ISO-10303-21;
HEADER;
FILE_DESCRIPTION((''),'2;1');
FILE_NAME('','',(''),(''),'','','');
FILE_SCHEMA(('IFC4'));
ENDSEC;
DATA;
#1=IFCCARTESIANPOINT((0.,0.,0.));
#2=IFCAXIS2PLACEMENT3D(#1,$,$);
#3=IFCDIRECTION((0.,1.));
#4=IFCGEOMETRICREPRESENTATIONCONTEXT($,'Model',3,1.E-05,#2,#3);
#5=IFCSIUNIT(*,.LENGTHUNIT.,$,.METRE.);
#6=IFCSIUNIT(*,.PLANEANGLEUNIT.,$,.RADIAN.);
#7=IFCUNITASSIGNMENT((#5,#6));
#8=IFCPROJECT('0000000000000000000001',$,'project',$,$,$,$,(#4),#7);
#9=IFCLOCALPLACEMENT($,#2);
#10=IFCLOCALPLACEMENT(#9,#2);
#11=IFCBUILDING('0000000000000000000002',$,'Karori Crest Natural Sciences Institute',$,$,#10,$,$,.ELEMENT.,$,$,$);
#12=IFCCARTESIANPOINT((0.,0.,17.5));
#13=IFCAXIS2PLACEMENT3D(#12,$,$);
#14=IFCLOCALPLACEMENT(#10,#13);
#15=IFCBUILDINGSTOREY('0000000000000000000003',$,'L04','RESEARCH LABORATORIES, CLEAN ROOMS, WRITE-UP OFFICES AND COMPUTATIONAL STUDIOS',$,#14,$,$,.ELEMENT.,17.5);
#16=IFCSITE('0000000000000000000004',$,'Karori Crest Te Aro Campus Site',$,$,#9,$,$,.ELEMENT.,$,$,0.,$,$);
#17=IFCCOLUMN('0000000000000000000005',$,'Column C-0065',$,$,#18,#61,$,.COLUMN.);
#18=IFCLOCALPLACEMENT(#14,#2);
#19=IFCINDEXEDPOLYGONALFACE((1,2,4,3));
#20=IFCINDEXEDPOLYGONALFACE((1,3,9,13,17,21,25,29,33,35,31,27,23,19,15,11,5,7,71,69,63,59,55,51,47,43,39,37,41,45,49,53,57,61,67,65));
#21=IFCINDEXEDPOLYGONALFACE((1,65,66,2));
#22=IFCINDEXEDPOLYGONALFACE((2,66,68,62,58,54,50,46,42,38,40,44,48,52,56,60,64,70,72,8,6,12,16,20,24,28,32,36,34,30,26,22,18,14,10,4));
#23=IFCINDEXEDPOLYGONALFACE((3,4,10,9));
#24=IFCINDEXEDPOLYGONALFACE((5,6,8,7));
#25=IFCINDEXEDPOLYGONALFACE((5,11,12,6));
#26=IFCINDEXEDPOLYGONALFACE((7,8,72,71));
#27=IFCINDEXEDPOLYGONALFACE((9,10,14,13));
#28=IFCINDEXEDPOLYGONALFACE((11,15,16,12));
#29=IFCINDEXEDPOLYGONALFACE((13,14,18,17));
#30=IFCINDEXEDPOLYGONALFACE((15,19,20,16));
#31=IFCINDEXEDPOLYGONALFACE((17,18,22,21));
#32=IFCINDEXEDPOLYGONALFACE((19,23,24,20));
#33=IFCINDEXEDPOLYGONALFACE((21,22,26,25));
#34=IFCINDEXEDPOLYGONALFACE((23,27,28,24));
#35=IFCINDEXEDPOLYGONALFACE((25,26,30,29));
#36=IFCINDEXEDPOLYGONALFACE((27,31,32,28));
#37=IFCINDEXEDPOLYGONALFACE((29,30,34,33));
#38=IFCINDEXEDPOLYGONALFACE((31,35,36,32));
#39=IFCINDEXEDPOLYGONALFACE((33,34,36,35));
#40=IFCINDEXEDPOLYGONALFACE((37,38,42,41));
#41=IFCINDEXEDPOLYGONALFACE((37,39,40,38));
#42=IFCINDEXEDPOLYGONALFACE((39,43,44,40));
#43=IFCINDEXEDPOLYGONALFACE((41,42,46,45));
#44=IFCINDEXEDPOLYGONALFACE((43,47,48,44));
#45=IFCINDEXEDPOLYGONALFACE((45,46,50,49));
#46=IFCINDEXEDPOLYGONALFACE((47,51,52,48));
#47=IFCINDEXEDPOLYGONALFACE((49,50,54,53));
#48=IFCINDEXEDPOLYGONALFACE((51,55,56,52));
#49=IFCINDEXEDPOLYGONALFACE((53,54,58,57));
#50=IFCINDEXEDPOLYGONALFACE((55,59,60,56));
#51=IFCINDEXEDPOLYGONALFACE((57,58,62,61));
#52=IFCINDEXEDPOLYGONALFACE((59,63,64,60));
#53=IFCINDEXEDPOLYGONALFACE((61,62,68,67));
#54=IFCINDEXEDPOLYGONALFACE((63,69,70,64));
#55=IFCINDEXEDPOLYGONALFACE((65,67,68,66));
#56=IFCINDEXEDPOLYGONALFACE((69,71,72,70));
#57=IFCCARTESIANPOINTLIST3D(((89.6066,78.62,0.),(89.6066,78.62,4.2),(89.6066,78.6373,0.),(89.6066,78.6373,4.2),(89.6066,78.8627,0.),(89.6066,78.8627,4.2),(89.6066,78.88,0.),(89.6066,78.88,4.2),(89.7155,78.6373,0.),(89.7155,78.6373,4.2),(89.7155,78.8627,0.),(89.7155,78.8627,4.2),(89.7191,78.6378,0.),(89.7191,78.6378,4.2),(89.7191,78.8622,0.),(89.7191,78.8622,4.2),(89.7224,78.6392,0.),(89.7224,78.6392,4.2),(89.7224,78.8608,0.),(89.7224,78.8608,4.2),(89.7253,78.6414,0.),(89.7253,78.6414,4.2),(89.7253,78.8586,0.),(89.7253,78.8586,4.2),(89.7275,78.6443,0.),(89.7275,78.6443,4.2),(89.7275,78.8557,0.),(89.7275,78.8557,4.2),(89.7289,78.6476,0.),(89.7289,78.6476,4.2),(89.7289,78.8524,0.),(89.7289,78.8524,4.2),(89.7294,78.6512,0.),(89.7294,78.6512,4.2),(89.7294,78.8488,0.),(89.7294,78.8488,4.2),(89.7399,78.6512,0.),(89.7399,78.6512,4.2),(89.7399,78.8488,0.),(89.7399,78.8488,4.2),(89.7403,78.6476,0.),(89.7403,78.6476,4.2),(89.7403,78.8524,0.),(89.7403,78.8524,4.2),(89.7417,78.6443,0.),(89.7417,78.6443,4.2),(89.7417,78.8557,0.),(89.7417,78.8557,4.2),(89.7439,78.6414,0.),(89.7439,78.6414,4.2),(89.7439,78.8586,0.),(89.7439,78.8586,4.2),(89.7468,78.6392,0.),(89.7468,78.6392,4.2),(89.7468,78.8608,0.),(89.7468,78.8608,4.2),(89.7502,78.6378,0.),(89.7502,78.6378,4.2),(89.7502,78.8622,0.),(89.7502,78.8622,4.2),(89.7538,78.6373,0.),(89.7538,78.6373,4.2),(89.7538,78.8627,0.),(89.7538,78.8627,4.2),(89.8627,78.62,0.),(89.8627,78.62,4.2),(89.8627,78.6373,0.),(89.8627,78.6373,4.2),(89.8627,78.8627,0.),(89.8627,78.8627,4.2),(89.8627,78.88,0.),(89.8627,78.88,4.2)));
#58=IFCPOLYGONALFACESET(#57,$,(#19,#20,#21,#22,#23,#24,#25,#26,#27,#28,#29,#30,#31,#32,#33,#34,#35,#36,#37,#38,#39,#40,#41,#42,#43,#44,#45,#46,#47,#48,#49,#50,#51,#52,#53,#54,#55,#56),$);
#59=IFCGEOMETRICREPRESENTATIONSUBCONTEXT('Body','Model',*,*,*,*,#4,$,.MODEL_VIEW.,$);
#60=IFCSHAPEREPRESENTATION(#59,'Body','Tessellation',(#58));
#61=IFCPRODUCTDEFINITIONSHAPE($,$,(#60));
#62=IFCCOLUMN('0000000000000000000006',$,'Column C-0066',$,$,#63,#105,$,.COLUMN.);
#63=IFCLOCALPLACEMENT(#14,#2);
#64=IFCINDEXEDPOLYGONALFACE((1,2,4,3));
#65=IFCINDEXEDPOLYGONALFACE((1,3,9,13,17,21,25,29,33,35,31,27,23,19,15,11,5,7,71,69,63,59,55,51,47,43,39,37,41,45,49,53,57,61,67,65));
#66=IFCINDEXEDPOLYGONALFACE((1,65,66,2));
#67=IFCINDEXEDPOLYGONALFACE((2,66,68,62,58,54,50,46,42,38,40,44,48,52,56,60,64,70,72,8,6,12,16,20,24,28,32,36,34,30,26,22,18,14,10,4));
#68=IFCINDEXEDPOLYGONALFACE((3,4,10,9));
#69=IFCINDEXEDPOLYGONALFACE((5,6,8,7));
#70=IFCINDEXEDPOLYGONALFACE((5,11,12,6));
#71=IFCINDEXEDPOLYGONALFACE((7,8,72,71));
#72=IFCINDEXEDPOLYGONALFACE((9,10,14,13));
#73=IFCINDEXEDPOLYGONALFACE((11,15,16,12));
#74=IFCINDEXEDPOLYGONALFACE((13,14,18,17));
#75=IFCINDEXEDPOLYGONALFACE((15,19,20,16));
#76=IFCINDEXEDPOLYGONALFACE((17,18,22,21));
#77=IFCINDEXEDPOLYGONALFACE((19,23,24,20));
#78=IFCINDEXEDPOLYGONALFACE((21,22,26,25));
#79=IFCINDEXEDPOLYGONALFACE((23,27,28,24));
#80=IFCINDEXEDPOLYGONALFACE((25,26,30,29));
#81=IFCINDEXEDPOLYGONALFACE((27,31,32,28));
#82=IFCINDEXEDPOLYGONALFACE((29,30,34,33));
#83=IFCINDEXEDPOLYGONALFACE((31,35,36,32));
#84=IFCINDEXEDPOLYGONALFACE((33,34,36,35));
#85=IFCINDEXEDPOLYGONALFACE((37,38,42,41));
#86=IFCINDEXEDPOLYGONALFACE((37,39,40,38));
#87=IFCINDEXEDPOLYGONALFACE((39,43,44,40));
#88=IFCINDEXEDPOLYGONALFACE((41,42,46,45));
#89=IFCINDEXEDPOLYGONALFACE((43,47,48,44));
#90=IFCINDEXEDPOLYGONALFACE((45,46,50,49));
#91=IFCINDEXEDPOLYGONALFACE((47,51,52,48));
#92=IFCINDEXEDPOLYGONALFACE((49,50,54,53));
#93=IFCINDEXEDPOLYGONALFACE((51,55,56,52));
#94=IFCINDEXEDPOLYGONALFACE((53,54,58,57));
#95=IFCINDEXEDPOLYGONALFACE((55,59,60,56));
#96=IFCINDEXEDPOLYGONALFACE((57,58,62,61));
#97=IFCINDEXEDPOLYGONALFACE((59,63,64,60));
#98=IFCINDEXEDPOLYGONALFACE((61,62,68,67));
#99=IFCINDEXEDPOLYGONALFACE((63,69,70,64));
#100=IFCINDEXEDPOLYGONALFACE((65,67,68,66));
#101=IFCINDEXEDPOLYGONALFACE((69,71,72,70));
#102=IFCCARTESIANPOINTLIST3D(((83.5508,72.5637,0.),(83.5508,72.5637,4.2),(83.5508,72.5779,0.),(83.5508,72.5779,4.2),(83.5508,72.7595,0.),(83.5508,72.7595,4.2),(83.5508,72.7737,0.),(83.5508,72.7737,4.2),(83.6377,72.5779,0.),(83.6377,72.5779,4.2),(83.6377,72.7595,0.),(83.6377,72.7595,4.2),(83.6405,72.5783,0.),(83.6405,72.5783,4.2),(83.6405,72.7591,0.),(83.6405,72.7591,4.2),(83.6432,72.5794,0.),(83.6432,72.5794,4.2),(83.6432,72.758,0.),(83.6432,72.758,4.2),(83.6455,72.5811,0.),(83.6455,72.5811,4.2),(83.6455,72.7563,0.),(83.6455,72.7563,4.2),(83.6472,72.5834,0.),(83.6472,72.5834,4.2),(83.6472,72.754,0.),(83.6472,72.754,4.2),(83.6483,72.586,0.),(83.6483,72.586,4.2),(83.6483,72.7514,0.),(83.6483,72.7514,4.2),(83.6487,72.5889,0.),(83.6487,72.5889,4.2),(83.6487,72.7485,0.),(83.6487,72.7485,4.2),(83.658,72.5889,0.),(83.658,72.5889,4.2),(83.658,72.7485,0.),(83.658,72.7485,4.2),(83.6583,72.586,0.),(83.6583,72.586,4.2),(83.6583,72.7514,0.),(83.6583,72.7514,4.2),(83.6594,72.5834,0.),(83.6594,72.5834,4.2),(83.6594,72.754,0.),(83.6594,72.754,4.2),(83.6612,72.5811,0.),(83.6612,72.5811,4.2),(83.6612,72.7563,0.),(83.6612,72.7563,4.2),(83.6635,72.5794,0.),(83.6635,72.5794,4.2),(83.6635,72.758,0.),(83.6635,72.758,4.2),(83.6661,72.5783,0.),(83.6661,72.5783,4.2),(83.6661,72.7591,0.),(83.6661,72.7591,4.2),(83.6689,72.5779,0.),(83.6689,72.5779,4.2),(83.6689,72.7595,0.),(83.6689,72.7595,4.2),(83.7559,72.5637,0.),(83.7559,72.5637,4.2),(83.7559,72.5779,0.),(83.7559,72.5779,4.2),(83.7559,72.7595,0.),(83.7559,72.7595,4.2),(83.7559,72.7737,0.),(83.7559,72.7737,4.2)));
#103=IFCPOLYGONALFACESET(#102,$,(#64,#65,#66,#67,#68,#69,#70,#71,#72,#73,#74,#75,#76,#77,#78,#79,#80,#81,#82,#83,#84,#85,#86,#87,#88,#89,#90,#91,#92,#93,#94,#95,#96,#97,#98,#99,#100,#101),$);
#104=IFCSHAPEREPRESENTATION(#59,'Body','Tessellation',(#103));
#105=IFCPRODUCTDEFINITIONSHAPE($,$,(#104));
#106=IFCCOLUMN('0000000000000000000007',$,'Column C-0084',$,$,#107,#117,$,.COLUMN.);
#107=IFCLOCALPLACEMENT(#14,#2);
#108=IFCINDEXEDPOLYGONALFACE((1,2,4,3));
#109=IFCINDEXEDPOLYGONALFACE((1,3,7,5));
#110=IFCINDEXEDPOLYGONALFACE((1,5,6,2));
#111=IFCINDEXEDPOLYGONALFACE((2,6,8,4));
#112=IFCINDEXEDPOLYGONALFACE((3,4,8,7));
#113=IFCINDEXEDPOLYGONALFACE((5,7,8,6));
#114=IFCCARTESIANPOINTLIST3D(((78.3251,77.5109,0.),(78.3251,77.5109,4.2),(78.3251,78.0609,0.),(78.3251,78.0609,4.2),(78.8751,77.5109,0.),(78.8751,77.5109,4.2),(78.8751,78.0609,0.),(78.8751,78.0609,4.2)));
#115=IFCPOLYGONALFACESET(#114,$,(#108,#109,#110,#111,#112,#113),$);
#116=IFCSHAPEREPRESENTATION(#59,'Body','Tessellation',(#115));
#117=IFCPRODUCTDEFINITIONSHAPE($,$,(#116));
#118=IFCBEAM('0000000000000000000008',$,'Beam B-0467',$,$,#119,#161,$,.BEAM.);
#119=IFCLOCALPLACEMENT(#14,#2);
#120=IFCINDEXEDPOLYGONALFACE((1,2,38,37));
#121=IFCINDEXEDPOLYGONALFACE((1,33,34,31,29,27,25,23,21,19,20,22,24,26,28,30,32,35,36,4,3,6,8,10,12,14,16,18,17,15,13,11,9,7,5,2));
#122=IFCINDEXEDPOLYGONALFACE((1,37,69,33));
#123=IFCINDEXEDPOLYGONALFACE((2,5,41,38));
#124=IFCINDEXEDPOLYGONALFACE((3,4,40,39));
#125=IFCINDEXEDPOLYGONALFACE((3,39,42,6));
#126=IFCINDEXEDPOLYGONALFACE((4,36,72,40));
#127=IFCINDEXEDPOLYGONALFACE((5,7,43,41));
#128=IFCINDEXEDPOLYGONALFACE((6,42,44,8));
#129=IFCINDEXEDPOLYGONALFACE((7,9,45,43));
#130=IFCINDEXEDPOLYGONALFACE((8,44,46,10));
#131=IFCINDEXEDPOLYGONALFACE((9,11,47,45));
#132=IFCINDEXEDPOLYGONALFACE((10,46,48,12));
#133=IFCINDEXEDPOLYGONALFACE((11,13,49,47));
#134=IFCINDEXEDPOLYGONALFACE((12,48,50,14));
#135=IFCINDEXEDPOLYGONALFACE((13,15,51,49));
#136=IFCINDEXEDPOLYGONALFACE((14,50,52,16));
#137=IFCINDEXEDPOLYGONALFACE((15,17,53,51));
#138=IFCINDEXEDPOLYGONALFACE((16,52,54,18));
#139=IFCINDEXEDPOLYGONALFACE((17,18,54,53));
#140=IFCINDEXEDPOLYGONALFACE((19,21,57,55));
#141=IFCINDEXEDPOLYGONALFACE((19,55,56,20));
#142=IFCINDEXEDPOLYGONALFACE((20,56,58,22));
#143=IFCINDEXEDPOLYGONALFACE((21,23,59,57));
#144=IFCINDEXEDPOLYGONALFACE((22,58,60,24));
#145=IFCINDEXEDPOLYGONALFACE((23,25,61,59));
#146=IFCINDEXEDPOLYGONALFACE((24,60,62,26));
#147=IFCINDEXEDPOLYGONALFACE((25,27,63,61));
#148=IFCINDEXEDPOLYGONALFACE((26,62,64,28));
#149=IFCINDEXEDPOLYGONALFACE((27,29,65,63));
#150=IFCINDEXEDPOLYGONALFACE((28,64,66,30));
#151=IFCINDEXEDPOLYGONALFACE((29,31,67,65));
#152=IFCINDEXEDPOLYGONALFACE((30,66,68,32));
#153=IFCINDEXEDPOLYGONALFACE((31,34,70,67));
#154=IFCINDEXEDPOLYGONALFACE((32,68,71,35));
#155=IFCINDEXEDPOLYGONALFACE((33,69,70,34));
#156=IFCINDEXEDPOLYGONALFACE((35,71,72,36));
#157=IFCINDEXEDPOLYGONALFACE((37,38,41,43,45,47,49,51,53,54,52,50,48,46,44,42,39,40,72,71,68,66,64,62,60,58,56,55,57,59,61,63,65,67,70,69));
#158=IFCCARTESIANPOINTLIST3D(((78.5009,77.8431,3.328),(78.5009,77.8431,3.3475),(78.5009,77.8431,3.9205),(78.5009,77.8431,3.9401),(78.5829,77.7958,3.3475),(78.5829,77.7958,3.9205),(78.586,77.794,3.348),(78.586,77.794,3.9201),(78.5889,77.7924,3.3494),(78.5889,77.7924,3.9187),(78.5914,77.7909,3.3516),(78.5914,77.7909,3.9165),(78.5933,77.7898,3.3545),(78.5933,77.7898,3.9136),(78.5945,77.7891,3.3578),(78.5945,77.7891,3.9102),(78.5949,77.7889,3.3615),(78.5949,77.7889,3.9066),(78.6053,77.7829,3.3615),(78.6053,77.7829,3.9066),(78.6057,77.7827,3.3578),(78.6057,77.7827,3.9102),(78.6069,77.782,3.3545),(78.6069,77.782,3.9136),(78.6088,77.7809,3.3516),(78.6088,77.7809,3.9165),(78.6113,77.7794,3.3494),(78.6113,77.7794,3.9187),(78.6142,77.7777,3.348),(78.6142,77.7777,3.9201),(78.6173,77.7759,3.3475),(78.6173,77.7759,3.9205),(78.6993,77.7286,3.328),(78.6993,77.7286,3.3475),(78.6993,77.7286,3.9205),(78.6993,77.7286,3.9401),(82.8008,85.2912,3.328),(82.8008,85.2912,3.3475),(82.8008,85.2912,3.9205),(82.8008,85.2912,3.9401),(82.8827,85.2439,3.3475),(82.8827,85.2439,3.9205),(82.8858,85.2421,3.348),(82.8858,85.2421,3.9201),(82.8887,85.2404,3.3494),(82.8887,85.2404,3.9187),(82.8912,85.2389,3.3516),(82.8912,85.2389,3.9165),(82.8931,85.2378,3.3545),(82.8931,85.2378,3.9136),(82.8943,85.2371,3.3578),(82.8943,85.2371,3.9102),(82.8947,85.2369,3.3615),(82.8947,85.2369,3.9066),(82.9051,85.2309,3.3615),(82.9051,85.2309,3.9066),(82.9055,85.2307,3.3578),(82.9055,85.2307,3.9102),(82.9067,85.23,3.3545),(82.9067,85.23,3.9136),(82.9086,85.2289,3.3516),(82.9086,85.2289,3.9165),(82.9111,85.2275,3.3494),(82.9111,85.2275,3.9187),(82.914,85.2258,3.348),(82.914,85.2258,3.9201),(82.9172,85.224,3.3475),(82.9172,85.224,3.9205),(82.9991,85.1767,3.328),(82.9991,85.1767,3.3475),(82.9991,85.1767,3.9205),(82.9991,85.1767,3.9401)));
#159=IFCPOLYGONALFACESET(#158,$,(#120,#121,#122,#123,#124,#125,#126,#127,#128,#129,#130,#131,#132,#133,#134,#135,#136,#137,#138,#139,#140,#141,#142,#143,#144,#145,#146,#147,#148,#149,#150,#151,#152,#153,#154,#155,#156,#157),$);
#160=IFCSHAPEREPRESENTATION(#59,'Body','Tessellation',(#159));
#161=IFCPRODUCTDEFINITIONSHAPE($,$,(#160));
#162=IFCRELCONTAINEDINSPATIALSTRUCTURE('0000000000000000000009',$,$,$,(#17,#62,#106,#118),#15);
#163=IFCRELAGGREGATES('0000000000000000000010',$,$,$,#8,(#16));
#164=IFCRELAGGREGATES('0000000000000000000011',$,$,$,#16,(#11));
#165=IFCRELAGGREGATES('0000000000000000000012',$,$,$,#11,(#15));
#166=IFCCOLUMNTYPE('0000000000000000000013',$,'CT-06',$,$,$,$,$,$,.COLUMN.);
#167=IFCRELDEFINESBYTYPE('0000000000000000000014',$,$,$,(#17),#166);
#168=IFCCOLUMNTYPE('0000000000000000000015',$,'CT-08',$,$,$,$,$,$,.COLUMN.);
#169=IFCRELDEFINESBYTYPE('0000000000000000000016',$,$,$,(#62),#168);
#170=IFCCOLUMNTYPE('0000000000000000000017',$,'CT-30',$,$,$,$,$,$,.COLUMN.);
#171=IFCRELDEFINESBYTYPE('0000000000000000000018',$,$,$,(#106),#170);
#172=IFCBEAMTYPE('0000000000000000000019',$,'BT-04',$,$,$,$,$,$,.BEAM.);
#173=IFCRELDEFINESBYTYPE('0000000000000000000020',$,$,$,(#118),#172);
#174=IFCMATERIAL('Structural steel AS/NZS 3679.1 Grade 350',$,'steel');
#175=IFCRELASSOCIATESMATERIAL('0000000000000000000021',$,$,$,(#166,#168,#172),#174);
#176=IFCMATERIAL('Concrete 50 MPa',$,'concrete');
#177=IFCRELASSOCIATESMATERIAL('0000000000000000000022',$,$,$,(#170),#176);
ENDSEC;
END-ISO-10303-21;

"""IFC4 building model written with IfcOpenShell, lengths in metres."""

from ifc_helpers import new_model, si_unit, direction, frame, origin, origin_2d, place, context, subcontext, project, spatial, rectangle, i_section, extrude, material, material_profile, profile_set, type_object, element, save


model = new_model("IFC4")

# Units and contexts
model_context = context("Model", 3, precision=1e-05, world=origin(), true_north=direction((0.0, 1.0)))
body_context = subcontext(model_context, "Body", "Model", "MODEL_VIEW")
ifc_project = project(units=[si_unit("LENGTHUNIT", "METRE"), si_unit("PLANEANGLEUNIT", "RADIAN")], contexts=[model_context])

# Site, building, storey
site_placement = place(None, origin())
site = spatial("IfcSite", under=ifc_project, at=site_placement, Name="Karori Crest Te Aro Campus Site", CompositionType="ELEMENT", RefElevation=0.0)
building_placement = place(site_placement, origin())
building = spatial("IfcBuilding", under=site, at=building_placement, Name="Karori Crest Natural Sciences Institute", CompositionType="ELEMENT")
storey_placement = place(building_placement, frame((0.0, 0.0, 17.5)))
storey = spatial("IfcBuildingStorey", under=building, at=storey_placement, Name="L04", Description="RESEARCH LABORATORIES, CLEAN ROOMS, WRITE-UP OFFICES AND COMPUTATIONAL STUDIOS", CompositionType="ELEMENT", Elevation=17.5)

# Columns
ifc_material_1 = material(Name="Structural steel AS/NZS 3679.1 Grade 350", Category="steel")
ifc_material_profile_1 = material_profile(ifc_material_1, i_section(OverallWidth=0.2561, OverallDepth=0.26, WebThickness=0.0105, FlangeThickness=0.0173, FilletRadius=0.0139, at=origin_2d()), Name="250UC89.5")
ifc_profile_set_1 = profile_set([ifc_material_profile_1], Name="Structural steel AS/NZS 3679.1 Grade 350")
column_type_1 = type_object("IfcColumnType", Name="CT-06", PredefinedType="COLUMN", material=ifc_profile_set_1)
column_1_placement = place(storey_placement, frame((89.7346, 78.75, 0.0), z_axis=(0.0, 0.0, 1.0), x_axis=(1.0, 0.0, 0.0)))
element("IfcColumn", 1, at=column_1_placement, inside=storey, type_object=column_type_1, Name="Column C-0065", PredefinedType="COLUMN", context=body_context, shape_type="SweptSolid", body=[
    extrude(i_section(OverallWidth=0.2561, OverallDepth=0.26, WebThickness=0.0105, FlangeThickness=0.0173, FilletRadius=0.0139, at=origin_2d()), origin(), (0.0, 0.0, 1.0), 4.2),
])
ifc_material_profile_2 = material_profile(ifc_material_1, i_section(OverallWidth=0.2051, OverallDepth=0.21, WebThickness=0.0093, FlangeThickness=0.0142, FilletRadius=0.011, at=origin_2d()), Name="200UC59.5")
ifc_profile_set_2 = profile_set([ifc_material_profile_2], Name="Structural steel AS/NZS 3679.1 Grade 350")
column_type_2 = type_object("IfcColumnType", Name="CT-08", PredefinedType="COLUMN", material=ifc_profile_set_2)
column_2_placement = place(storey_placement, frame((83.6533, 72.6687, 0.0), z_axis=(0.0, 0.0, 1.0), x_axis=(1.0, 0.0, 0.0)))
element("IfcColumn", 2, at=column_2_placement, inside=storey, type_object=column_type_2, Name="Column C-0066", PredefinedType="COLUMN", context=body_context, shape_type="SweptSolid", body=[
    extrude(i_section(OverallWidth=0.2051, OverallDepth=0.21, WebThickness=0.0093, FlangeThickness=0.0142, FilletRadius=0.011, at=origin_2d()), origin(), (0.0, 0.0, 1.0), 4.2),
])
ifc_material_2 = material(Name="Concrete 50 MPa", Category="concrete")
ifc_material_profile_3 = material_profile(ifc_material_2, rectangle(XDim=0.55, YDim=0.55, at=origin_2d()), Name="RC550x550")
ifc_profile_set_3 = profile_set([ifc_material_profile_3], Name="Concrete 50 MPa")
column_type_3 = type_object("IfcColumnType", Name="CT-30", PredefinedType="COLUMN", material=ifc_profile_set_3)
column_3_placement = place(storey_placement, frame((78.6001, 77.7859, 0.0), z_axis=(0.0, 0.0, 1.0), x_axis=(1.0, 0.0, 0.0)))
element("IfcColumn", 3, at=column_3_placement, inside=storey, type_object=column_type_3, Name="Column C-0084", PredefinedType="COLUMN", context=body_context, shape_type="SweptSolid", body=[
    extrude(rectangle(XDim=0.55, YDim=0.55, at=origin_2d()), origin(), (0.0, 0.0, 1.0), 4.2),
])

# Beam
ifc_material_profile_4 = material_profile(ifc_material_1, i_section(OverallWidth=0.229, OverallDepth=0.6121, WebThickness=0.012, FlangeThickness=0.0195, FilletRadius=0.0139, at=origin_2d()), Name="610UB125")
ifc_profile_set_4 = profile_set([ifc_material_profile_4], Name="Structural steel AS/NZS 3679.1 Grade 350")
beam_type_1 = type_object("IfcBeamType", Name="BT-04", PredefinedType="BEAM", material=ifc_profile_set_4)
beam_1_placement = place(storey_placement, frame((78.6001, 77.7859, 3.634), z_axis=(0.499974, 0.86604, 0.0), x_axis=(-0.86604, 0.499974, 0.0)))
element("IfcBeam", 4, at=beam_1_placement, inside=storey, type_object=beam_type_1, Name="Beam B-0467", PredefinedType="BEAM", context=body_context, shape_type="SweptSolid", body=[
    extrude(i_section(OverallWidth=0.229, OverallDepth=0.6121, WebThickness=0.012, FlangeThickness=0.0195, FilletRadius=0.0139, at=origin_2d()), origin(), (0.0, 0.0, 1.0), 8.6001),
])

save(model, "model.ifc")
